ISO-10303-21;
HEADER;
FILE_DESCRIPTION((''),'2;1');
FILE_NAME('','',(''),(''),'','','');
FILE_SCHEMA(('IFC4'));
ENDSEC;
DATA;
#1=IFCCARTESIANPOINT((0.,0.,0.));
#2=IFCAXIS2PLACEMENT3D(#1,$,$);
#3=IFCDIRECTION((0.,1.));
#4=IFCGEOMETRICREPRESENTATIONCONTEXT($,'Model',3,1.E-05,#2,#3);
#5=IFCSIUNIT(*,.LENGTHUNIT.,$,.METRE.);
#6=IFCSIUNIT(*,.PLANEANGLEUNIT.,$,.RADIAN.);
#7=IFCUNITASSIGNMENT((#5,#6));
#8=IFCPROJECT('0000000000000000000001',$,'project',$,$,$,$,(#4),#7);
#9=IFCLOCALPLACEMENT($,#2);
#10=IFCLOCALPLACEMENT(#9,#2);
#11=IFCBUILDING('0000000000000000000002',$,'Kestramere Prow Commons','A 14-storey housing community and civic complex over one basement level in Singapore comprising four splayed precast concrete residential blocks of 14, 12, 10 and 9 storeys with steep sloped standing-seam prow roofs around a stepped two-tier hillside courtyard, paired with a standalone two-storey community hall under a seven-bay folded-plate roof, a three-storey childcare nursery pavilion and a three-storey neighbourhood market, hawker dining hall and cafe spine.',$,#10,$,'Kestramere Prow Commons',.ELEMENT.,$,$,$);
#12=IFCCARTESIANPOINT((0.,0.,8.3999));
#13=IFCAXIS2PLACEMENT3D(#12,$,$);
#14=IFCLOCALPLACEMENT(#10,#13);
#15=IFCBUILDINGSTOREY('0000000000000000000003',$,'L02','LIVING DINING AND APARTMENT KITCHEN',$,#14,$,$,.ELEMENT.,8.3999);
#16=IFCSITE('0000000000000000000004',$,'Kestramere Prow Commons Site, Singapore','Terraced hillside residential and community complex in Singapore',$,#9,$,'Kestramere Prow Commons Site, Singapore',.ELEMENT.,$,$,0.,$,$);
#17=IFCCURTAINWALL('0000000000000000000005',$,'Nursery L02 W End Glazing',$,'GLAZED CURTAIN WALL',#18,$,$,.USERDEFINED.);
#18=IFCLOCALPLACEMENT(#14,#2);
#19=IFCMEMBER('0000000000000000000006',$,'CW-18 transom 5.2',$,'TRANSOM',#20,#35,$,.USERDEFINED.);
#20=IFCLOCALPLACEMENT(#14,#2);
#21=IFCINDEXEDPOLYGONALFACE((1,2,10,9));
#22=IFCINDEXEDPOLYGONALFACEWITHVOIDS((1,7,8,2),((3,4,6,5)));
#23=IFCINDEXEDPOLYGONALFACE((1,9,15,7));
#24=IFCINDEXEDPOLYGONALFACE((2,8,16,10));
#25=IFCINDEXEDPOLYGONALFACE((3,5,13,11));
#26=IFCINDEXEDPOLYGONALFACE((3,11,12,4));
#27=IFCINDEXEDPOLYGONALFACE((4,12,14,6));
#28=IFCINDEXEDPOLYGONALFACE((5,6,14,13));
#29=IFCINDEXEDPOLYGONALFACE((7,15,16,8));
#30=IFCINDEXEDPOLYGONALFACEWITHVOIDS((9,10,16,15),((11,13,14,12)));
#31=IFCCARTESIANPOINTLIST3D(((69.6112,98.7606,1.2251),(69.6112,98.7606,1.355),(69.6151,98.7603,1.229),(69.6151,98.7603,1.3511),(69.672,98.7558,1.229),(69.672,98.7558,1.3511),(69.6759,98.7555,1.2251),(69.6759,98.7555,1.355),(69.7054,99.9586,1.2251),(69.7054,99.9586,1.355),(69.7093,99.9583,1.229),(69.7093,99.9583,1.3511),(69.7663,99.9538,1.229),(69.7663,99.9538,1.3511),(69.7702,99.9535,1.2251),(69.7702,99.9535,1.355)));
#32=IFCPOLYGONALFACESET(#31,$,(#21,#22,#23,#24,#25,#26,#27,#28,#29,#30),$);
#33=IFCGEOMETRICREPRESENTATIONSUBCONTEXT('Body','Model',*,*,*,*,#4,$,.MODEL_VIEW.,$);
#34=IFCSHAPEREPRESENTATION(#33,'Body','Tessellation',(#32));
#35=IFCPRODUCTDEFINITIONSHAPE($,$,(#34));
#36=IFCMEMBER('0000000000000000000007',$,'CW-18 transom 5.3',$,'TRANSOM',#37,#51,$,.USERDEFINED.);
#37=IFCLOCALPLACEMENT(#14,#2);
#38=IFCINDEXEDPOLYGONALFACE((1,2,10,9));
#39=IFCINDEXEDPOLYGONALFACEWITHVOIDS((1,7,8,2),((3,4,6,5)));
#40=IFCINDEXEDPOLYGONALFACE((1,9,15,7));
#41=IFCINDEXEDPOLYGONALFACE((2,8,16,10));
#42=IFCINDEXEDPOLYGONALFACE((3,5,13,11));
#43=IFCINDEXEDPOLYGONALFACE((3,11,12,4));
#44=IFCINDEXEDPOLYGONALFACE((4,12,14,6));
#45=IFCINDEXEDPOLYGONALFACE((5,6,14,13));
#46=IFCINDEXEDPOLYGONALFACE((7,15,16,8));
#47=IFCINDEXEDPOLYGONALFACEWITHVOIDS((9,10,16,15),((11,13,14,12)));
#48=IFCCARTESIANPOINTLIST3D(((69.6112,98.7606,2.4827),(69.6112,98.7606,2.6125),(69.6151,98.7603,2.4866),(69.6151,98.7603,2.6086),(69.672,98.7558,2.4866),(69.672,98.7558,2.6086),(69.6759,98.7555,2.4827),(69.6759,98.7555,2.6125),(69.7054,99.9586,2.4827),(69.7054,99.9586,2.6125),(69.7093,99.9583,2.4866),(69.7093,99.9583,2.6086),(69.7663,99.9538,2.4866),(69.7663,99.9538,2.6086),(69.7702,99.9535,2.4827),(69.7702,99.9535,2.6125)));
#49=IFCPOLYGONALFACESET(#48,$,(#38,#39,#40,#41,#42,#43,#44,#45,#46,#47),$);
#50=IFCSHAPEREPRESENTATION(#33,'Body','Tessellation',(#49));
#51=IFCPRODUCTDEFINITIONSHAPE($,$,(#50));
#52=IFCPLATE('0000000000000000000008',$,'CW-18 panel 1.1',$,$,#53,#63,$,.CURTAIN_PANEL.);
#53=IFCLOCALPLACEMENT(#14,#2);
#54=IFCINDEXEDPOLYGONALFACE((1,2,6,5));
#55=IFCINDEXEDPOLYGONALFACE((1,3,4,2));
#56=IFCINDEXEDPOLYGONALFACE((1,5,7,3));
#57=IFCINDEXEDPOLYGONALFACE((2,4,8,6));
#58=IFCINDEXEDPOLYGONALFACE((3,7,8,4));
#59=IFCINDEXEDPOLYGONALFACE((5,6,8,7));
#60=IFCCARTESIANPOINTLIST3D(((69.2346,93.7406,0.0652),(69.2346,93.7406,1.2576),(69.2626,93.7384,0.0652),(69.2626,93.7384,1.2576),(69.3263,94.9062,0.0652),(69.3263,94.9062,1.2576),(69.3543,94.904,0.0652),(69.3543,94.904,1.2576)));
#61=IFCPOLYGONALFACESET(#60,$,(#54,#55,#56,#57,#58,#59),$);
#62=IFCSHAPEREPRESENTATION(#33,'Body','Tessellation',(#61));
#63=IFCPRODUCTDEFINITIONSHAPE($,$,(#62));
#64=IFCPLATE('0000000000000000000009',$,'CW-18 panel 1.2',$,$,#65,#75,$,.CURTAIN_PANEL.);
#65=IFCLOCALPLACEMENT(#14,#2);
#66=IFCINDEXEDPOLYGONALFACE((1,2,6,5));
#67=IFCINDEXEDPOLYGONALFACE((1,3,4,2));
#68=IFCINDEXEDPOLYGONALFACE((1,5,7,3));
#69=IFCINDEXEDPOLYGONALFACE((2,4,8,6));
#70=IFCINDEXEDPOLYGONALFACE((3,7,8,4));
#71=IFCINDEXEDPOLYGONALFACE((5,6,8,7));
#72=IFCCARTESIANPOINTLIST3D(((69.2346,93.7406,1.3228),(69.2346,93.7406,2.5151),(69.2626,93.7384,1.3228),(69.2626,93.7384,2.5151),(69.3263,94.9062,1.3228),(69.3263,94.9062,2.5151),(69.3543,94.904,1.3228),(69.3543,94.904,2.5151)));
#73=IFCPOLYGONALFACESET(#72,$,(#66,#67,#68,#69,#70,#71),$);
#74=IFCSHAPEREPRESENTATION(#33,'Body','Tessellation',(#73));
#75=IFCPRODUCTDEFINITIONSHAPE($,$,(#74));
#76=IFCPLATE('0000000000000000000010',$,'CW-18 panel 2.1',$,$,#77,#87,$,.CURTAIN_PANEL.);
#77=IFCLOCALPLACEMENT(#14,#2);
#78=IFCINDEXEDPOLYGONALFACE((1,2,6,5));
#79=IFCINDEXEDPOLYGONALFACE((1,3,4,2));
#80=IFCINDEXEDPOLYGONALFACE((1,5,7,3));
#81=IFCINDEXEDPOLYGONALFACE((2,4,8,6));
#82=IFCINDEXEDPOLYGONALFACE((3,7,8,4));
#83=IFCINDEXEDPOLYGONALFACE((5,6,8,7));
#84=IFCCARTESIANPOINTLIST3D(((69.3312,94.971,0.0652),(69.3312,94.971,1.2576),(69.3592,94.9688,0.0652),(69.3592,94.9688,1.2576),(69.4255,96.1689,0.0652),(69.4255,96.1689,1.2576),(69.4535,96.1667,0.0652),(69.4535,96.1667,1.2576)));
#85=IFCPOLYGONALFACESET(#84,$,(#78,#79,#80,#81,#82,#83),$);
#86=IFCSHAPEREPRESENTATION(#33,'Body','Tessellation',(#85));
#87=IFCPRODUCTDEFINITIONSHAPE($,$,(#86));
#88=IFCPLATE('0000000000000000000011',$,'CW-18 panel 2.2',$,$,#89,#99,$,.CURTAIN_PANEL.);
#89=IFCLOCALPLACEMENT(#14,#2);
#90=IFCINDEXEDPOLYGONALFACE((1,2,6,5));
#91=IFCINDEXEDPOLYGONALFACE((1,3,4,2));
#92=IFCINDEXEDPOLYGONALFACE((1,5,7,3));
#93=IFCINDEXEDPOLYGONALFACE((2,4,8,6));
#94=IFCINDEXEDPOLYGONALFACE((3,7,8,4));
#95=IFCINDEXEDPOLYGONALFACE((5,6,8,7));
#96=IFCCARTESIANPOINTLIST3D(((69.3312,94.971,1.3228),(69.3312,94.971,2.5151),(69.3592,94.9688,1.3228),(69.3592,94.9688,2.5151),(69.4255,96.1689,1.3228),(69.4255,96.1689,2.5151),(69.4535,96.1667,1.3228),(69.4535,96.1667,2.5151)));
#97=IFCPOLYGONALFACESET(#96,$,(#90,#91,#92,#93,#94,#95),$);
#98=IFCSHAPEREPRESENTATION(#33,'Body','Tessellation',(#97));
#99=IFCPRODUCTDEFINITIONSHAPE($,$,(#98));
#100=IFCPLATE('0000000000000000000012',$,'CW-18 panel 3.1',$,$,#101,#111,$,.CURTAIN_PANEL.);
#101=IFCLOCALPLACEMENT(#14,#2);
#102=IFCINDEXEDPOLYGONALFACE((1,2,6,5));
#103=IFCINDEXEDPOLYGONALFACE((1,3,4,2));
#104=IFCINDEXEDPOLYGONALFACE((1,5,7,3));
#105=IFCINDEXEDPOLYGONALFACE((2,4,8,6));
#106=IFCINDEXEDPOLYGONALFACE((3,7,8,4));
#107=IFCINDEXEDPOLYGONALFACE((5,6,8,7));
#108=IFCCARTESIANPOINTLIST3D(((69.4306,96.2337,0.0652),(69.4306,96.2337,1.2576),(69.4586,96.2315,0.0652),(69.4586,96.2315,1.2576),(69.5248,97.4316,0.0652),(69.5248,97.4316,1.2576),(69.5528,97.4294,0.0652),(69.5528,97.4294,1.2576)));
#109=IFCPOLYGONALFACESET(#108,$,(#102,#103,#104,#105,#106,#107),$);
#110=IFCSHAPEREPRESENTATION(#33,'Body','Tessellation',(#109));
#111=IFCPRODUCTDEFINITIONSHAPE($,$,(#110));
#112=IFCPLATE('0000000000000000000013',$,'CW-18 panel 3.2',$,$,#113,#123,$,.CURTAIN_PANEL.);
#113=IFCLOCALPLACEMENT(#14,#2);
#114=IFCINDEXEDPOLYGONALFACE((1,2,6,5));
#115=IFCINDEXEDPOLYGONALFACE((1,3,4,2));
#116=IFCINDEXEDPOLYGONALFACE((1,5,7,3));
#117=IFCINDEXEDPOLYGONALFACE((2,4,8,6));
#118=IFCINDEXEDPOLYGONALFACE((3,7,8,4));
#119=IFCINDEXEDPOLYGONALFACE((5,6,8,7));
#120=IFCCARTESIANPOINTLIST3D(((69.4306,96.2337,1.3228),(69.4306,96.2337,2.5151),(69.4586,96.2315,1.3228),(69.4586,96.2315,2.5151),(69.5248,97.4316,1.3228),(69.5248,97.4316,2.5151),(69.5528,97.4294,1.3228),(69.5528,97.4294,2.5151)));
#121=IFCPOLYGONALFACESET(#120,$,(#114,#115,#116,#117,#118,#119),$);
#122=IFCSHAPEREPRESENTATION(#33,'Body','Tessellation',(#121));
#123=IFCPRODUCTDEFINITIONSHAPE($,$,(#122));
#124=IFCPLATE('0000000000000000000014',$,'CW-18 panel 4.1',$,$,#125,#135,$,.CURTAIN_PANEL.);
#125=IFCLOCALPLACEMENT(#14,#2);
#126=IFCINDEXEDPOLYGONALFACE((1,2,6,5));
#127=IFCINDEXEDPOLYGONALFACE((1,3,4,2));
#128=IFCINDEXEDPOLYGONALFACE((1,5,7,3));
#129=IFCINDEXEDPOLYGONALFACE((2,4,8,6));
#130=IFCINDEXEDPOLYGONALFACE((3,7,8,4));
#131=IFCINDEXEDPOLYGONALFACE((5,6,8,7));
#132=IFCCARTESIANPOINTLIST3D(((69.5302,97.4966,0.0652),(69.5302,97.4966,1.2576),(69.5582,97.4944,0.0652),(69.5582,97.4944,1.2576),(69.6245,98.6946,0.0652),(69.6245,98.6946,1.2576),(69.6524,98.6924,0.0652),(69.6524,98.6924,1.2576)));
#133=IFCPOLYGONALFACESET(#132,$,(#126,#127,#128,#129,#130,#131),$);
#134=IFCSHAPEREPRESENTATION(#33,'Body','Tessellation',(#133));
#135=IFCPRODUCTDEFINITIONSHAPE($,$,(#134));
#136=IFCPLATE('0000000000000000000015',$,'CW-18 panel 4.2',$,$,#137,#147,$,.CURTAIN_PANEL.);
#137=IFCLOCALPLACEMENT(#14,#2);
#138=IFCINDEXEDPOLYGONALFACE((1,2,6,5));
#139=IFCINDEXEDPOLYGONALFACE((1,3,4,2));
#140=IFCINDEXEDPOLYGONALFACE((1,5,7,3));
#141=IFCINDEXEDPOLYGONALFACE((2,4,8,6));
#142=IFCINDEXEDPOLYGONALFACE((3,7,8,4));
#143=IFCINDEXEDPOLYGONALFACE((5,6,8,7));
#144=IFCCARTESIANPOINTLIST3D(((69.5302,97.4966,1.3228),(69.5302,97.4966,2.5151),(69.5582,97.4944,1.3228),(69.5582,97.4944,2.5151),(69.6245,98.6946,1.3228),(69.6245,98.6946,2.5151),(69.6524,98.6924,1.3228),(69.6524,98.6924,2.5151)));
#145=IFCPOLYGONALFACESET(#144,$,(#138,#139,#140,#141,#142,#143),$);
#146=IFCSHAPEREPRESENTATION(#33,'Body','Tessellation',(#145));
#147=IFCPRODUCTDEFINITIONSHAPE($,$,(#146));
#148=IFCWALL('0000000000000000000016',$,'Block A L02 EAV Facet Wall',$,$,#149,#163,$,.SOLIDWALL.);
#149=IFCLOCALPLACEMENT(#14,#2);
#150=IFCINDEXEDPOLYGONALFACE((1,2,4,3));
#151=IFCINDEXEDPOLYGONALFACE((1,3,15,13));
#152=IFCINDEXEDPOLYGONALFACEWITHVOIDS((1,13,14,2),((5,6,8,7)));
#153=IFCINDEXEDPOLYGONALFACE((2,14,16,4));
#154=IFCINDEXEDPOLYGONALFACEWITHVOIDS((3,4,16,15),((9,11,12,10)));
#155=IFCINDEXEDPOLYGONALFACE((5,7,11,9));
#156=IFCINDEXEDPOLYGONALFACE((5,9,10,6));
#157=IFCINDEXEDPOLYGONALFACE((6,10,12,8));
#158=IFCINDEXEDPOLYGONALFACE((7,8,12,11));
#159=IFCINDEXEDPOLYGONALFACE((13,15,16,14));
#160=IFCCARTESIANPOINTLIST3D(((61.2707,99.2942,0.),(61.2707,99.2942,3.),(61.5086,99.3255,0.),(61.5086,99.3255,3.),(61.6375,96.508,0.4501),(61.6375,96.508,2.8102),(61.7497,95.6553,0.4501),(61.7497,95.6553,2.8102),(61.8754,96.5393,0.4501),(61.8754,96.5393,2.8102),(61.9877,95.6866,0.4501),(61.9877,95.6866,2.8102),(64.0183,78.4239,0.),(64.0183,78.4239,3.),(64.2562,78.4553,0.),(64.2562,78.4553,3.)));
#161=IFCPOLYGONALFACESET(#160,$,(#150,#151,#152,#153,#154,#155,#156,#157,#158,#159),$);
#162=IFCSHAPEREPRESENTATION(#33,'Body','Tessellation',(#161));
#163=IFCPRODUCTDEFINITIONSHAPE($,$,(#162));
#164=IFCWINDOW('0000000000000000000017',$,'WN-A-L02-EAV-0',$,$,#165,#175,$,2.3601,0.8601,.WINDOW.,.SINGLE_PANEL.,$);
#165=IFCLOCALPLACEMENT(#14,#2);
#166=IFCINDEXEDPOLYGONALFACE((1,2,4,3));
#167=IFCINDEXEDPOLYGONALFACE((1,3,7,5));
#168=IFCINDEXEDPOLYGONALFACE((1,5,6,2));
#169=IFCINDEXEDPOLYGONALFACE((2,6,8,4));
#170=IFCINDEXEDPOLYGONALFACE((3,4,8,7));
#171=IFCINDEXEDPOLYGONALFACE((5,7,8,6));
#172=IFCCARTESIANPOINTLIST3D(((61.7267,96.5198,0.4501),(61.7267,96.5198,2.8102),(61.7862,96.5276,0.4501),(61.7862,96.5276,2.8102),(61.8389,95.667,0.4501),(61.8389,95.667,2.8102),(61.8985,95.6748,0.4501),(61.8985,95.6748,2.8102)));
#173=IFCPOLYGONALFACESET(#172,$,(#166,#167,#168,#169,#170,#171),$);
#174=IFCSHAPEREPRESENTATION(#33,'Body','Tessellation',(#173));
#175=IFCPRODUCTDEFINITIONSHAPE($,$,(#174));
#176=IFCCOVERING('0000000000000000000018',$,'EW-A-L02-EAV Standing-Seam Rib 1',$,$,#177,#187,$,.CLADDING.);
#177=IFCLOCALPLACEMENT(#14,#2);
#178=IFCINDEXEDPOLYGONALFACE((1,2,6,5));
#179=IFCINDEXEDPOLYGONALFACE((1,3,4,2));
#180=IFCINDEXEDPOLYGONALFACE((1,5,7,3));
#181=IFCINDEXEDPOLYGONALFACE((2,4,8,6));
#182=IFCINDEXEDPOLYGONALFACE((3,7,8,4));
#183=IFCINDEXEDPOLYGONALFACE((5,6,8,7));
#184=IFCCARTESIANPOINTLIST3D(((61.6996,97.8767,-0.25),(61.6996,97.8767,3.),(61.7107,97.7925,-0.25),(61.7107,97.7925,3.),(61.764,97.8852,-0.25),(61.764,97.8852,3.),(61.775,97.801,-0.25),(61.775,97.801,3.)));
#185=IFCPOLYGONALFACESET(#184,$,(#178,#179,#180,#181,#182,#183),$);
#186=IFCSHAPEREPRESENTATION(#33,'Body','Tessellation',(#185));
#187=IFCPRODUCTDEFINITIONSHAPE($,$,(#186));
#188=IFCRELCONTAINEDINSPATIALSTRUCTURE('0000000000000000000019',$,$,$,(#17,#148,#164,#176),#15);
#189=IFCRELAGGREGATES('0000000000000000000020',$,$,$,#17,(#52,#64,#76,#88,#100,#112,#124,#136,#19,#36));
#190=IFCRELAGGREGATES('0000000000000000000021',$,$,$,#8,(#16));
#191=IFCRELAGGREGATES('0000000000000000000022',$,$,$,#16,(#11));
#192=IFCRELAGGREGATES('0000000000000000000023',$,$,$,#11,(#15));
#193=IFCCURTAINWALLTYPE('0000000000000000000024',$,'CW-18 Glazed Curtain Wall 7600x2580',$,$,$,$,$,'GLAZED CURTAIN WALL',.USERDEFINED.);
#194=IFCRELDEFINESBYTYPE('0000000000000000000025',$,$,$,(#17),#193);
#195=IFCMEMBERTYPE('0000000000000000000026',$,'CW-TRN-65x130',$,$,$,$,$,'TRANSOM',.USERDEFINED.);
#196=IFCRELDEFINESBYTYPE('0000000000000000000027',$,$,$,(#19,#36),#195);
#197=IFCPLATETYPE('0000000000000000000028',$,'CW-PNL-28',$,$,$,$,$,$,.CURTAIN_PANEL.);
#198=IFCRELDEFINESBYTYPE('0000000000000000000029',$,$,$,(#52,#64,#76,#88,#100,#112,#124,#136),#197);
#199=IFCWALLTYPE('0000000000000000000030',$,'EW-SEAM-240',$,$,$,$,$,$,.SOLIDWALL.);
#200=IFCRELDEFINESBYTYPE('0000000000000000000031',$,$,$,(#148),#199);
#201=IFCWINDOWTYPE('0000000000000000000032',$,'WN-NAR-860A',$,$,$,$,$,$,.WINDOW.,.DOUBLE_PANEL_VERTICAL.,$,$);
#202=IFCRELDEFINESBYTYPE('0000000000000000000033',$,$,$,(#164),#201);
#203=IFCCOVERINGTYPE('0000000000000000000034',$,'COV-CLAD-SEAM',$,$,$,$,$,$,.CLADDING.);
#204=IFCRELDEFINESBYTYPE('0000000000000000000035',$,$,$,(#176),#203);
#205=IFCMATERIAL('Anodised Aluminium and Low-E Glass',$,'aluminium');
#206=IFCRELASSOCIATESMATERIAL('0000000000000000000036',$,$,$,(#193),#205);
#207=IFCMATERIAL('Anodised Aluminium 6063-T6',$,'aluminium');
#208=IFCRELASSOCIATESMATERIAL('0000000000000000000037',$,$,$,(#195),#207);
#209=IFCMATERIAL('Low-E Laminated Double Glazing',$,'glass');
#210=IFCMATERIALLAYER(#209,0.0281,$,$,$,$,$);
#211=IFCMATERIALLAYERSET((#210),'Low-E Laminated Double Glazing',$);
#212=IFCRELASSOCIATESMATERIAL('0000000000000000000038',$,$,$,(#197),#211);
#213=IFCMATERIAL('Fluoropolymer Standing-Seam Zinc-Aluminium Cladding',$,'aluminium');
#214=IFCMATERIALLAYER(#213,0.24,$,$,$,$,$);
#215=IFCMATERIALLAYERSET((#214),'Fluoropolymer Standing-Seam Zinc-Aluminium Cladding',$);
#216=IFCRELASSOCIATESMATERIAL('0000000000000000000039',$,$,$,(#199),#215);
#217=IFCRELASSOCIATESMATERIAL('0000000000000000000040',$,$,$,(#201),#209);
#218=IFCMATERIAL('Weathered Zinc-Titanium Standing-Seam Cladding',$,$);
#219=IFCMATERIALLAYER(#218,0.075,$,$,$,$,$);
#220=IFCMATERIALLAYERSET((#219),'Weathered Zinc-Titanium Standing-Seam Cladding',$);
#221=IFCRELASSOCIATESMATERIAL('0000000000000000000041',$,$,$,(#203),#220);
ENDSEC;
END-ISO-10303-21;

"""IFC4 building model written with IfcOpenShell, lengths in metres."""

from ifc_helpers import new_model, si_unit, direction, frame, frame_2d, origin, origin_2d, place, context, subcontext, project, spatial, rectangle, hollow_rectangle, extrude, material, layer, layer_set, material_profile, profile_set, type_object, element, fill, aggregate, save


model = new_model("IFC4")

# Units and contexts
model_context = context("Model", 3, precision=1e-05, world=origin(), true_north=direction((0.0, 1.0)))
body_context = subcontext(model_context, "Body", "Model", "MODEL_VIEW")
ifc_project = project(units=[si_unit("LENGTHUNIT", "METRE"), si_unit("PLANEANGLEUNIT", "RADIAN")], contexts=[model_context])

# Site, building, storey
site_placement = place(None, origin())
site = spatial("IfcSite", under=ifc_project, at=site_placement, Name="Kestramere Prow Commons Site, Singapore", Description="Terraced hillside residential and community complex in Singapore", LongName="Kestramere Prow Commons Site, Singapore", CompositionType="ELEMENT", RefElevation=0.0)
building_placement = place(site_placement, origin())
building = spatial("IfcBuilding", under=site, at=building_placement, Name="Kestramere Prow Commons", Description="A 14-storey housing community and civic complex over one basement level in Singapore comprising four splayed precast concrete residential blocks of 14, 12, 10 and 9 storeys with steep sloped standing-seam prow roofs around a stepped two-tier hillside courtyard, paired with a standalone two-storey community hall under a seven-bay folded-plate roof, a three-storey childcare nursery pavilion and a three-storey neighbourhood market, hawker dining hall and cafe spine.", LongName="Kestramere Prow Commons", CompositionType="ELEMENT")
storey_placement = place(building_placement, frame((0.0, 0.0, 8.3999)))
storey = spatial("IfcBuildingStorey", under=building, at=storey_placement, Name="L02", Description="LIVING DINING AND APARTMENT KITCHEN", CompositionType="ELEMENT", Elevation=8.3999)

# Curtain wall, members, plates
ifc_material_1 = material(Name="Anodised Aluminium and Low-E Glass", Category="aluminium")
curtain_wall_type = type_object("IfcCurtainWallType", Name="CW-18 Glazed Curtain Wall 7600x2580", ElementType="GLAZED CURTAIN WALL", PredefinedType="USERDEFINED", material=ifc_material_1)
curtain_wall_placement = place(storey_placement, origin())
curtain_wall = element("IfcCurtainWall", 1, at=curtain_wall_placement, inside=storey, type_object=curtain_wall_type, Name="Nursery L02 W End Glazing", ObjectType="GLAZED CURTAIN WALL", PredefinedType="USERDEFINED")
ifc_material_2 = material(Name="Anodised Aluminium 6063-T6", Category="aluminium")
ifc_material_profile_1 = material_profile(ifc_material_2, hollow_rectangle(XDim=0.0649, YDim=0.1299, WallThickness=0.0039, at=origin_2d()), Name="ALU-TRN 65x130")
ifc_profile_set_1 = profile_set([ifc_material_profile_1], Name="Anodised Aluminium 6063-T6")
member_type_1 = type_object("IfcMemberType", Name="CW-TRN-65x130", ElementType="TRANSOM", PredefinedType="USERDEFINED", material=ifc_profile_set_1)
member_1_placement = place(storey_placement, frame((69.6436, 98.7581, 1.29), z_axis=(0.078421, 0.99692, 0.0), x_axis=(-0.99692, 0.078421, 0.0)))
member_1 = element("IfcMember", 2, at=member_1_placement, type_object=member_type_1, Name="CW-18 transom 5.2", ObjectType="TRANSOM", PredefinedType="USERDEFINED", context=body_context, shape_type="SweptSolid", body=[
    extrude(hollow_rectangle(XDim=0.0649, YDim=0.1299, WallThickness=0.0039, at=origin_2d()), origin(), (0.0, 0.0, 1.0), 1.2017),
])
member_2_placement = place(storey_placement, frame((69.6436, 98.7581, 2.5476), z_axis=(0.078421, 0.99692, 0.0), x_axis=(-0.99692, 0.078421, 0.0)))
member_2 = element("IfcMember", 3, at=member_2_placement, type_object=member_type_1, Name="CW-18 transom 5.3", ObjectType="TRANSOM", PredefinedType="USERDEFINED", context=body_context, shape_type="SweptSolid", body=[
    extrude(hollow_rectangle(XDim=0.0649, YDim=0.1299, WallThickness=0.0039, at=origin_2d()), origin(), (0.0, 0.0, 1.0), 1.2017),
])
ifc_material_3 = material(Name="Low-E Laminated Double Glazing", Category="glass")
ifc_layer_1 = layer(ifc_material_3, 0.0281)
ifc_layer_set_1 = layer_set([ifc_layer_1], Name="Low-E Laminated Double Glazing")
plate_type = type_object("IfcPlateType", Name="CW-PNL-28", PredefinedType="CURTAIN_PANEL", material=ifc_layer_set_1)
plate_1_placement = place(storey_placement, frame((69.2944, 94.3223, 0.0652), z_axis=(0.0, 0.0, 1.0), x_axis=(0.078459, 0.996917, 0.0)))
plate_1 = element("IfcPlate", 4, at=plate_1_placement, type_object=plate_type, Name="CW-18 panel 1.1", PredefinedType="CURTAIN_PANEL", context=body_context, shape_type="SweptSolid", body=[
    extrude(rectangle(XDim=1.1692, YDim=0.0281, at=origin_2d()), origin(), (0.0, 0.0, 1.0), 1.1924),
])
plate_2_placement = place(storey_placement, frame((69.2944, 94.3223, 1.3228), z_axis=(0.0, 0.0, 1.0), x_axis=(0.078459, 0.996917, 0.0)))
plate_2 = element("IfcPlate", 5, at=plate_2_placement, type_object=plate_type, Name="CW-18 panel 1.2", PredefinedType="CURTAIN_PANEL", context=body_context, shape_type="SweptSolid", body=[
    extrude(rectangle(XDim=1.1692, YDim=0.0281, at=origin_2d()), origin(), (0.0, 0.0, 1.0), 1.1924),
])
plate_3_placement = place(storey_placement, frame((69.3923, 95.5688, 0.0652), z_axis=(0.0, 0.0, 1.0), x_axis=(0.078459, 0.996917, 0.0)))
plate_3 = element("IfcPlate", 6, at=plate_3_placement, type_object=plate_type, Name="CW-18 panel 2.1", PredefinedType="CURTAIN_PANEL", context=body_context, shape_type="SweptSolid", body=[
    extrude(rectangle(XDim=1.2017, YDim=0.0281, at=origin_2d()), origin(), (0.0, 0.0, 1.0), 1.1924),
])
plate_4_placement = place(storey_placement, frame((69.3923, 95.5688, 1.3228), z_axis=(0.0, 0.0, 1.0), x_axis=(0.078459, 0.996917, 0.0)))
plate_4 = element("IfcPlate", 7, at=plate_4_placement, type_object=plate_type, Name="CW-18 panel 2.2", PredefinedType="CURTAIN_PANEL", context=body_context, shape_type="SweptSolid", body=[
    extrude(rectangle(XDim=1.2017, YDim=0.0281, at=origin_2d()), origin(), (0.0, 0.0, 1.0), 1.1924),
])
plate_5_placement = place(storey_placement, frame((69.4917, 96.8315, 0.0652), z_axis=(0.0, 0.0, 1.0), x_axis=(0.078459, 0.996917, 0.0)))
plate_5 = element("IfcPlate", 8, at=plate_5_placement, type_object=plate_type, Name="CW-18 panel 3.1", PredefinedType="CURTAIN_PANEL", context=body_context, shape_type="SweptSolid", body=[
    extrude(rectangle(XDim=1.2017, YDim=0.0281, at=origin_2d()), origin(), (0.0, 0.0, 1.0), 1.1924),
])
plate_6_placement = place(storey_placement, frame((69.4917, 96.8315, 1.3228), z_axis=(0.0, 0.0, 1.0), x_axis=(0.078459, 0.996917, 0.0)))
plate_6 = element("IfcPlate", 9, at=plate_6_placement, type_object=plate_type, Name="CW-18 panel 3.2", PredefinedType="CURTAIN_PANEL", context=body_context, shape_type="SweptSolid", body=[
    extrude(rectangle(XDim=1.2017, YDim=0.0281, at=origin_2d()), origin(), (0.0, 0.0, 1.0), 1.1924),
])
plate_7_placement = place(storey_placement, frame((69.5913, 98.0945, 0.0652), z_axis=(0.0, 0.0, 1.0), x_axis=(0.078459, 0.996917, 0.0)))
plate_7 = element("IfcPlate", 10, at=plate_7_placement, type_object=plate_type, Name="CW-18 panel 4.1", PredefinedType="CURTAIN_PANEL", context=body_context, shape_type="SweptSolid", body=[
    extrude(rectangle(XDim=1.2017, YDim=0.0281, at=origin_2d()), origin(), (0.0, 0.0, 1.0), 1.1924),
])
plate_8_placement = place(storey_placement, frame((69.5913, 98.0945, 1.3228), z_axis=(0.0, 0.0, 1.0), x_axis=(0.078459, 0.996917, 0.0)))
plate_8 = element("IfcPlate", 11, at=plate_8_placement, type_object=plate_type, Name="CW-18 panel 4.2", PredefinedType="CURTAIN_PANEL", context=body_context, shape_type="SweptSolid", body=[
    extrude(rectangle(XDim=1.2017, YDim=0.0281, at=origin_2d()), origin(), (0.0, 0.0, 1.0), 1.1924),
])
aggregate(curtain_wall, [plate_1, plate_2, plate_3, plate_4, plate_5, plate_6, plate_7, plate_8, member_1, member_2])

# Wall, opening, window
ifc_material_4 = material(Name="Fluoropolymer Standing-Seam Zinc-Aluminium Cladding", Category="aluminium")
ifc_layer_2 = layer(ifc_material_4, 0.24)
ifc_layer_set_2 = layer_set([ifc_layer_2], Name="Fluoropolymer Standing-Seam Zinc-Aluminium Cladding")
wall_type = type_object("IfcWallType", Name="EW-SEAM-240", PredefinedType="SOLIDWALL", material=ifc_layer_set_2)
wall_placement = place(storey_placement, frame((61.3896, 99.3098, 0.0), z_axis=(0.0, 0.0, 1.0), x_axis=(0.130524, -0.991445, 0.0)))
wall = element("IfcWall", 12, at=wall_placement, inside=storey, type_object=wall_type, Name="Block A L02 EAV Facet Wall", PredefinedType="SOLIDWALL", context=body_context, shape_type="SweptSolid", body=[
    extrude(rectangle(XDim=21.0503, YDim=0.24, at=frame_2d((10.5251, 0.0))), origin(), (0.0, 0.0, 1.0), 3.0),
])
opening_placement = place(wall_placement, frame((2.8101, 0.0, 0.45)))
opening = element("IfcOpeningElement", 13, at=opening_placement, cuts=wall, PredefinedType="OPENING", context=body_context, shape_type="SweptSolid", body=[
    extrude(rectangle(XDim=0.8601, YDim=2.3601, at=frame_2d((0.4302, 1.1802))), frame((0.0, 0.135, 0.0), z_axis=(0.0, -1.0, 0.0), x_axis=(1.0, 0.0, 0.0)), (0.0, 0.0, 1.0), 0.27),
])
window_type = type_object("IfcWindowType", Name="WN-NAR-860A", PartitioningType="DOUBLE_PANEL_VERTICAL", PredefinedType="WINDOW", material=ifc_material_3)
window_placement = place(opening_placement, origin())
window = element("IfcWindow", 14, at=window_placement, inside=storey, type_object=window_type, Name="WN-A-L02-EAV-0", OverallHeight=2.3601, OverallWidth=0.8601, PartitioningType="SINGLE_PANEL", PredefinedType="WINDOW", context=body_context, shape_type="SweptSolid", body=[
    extrude(rectangle(XDim=0.8601, YDim=2.3601, at=frame_2d((0.4302, 1.1802))), frame((0.0, 0.03, 0.0), z_axis=(0.0, -1.0, 0.0), x_axis=(1.0, 0.0, 0.0)), (0.0, 0.0, 1.0), 0.0601),
])
fill(opening, window)

# Covering
ifc_material_5 = material(Name="Weathered Zinc-Titanium Standing-Seam Cladding")
ifc_layer_3 = layer(ifc_material_5, 0.075)
ifc_layer_set_3 = layer_set([ifc_layer_3], Name="Weathered Zinc-Titanium Standing-Seam Cladding")
covering_type = type_object("IfcCoveringType", Name="COV-CLAD-SEAM", PredefinedType="CLADDING", material=ifc_layer_set_3)
for number, where, z_axis, x_axis, name in (
    (15, (61.7373, 97.8389, -0.25), (0.0, 0.0, 1.0), (0.130526, -0.991445, 0.0), "EW-A-L02-EAV Standing-Seam Rib 1"),
):
    element("IfcCovering", number, at=place(storey_placement, frame(where, z_axis=z_axis, x_axis=x_axis)), inside=storey, type_object=covering_type, Name=name, PredefinedType="CLADDING", context=body_context, shape_type="SweptSolid", body=[
        extrude(rectangle(XDim=0.085, YDim=0.0649, at=origin_2d()), origin(), (0.0, 0.0, 1.0), 3.25),
    ])

save(model, "model.ifc")
